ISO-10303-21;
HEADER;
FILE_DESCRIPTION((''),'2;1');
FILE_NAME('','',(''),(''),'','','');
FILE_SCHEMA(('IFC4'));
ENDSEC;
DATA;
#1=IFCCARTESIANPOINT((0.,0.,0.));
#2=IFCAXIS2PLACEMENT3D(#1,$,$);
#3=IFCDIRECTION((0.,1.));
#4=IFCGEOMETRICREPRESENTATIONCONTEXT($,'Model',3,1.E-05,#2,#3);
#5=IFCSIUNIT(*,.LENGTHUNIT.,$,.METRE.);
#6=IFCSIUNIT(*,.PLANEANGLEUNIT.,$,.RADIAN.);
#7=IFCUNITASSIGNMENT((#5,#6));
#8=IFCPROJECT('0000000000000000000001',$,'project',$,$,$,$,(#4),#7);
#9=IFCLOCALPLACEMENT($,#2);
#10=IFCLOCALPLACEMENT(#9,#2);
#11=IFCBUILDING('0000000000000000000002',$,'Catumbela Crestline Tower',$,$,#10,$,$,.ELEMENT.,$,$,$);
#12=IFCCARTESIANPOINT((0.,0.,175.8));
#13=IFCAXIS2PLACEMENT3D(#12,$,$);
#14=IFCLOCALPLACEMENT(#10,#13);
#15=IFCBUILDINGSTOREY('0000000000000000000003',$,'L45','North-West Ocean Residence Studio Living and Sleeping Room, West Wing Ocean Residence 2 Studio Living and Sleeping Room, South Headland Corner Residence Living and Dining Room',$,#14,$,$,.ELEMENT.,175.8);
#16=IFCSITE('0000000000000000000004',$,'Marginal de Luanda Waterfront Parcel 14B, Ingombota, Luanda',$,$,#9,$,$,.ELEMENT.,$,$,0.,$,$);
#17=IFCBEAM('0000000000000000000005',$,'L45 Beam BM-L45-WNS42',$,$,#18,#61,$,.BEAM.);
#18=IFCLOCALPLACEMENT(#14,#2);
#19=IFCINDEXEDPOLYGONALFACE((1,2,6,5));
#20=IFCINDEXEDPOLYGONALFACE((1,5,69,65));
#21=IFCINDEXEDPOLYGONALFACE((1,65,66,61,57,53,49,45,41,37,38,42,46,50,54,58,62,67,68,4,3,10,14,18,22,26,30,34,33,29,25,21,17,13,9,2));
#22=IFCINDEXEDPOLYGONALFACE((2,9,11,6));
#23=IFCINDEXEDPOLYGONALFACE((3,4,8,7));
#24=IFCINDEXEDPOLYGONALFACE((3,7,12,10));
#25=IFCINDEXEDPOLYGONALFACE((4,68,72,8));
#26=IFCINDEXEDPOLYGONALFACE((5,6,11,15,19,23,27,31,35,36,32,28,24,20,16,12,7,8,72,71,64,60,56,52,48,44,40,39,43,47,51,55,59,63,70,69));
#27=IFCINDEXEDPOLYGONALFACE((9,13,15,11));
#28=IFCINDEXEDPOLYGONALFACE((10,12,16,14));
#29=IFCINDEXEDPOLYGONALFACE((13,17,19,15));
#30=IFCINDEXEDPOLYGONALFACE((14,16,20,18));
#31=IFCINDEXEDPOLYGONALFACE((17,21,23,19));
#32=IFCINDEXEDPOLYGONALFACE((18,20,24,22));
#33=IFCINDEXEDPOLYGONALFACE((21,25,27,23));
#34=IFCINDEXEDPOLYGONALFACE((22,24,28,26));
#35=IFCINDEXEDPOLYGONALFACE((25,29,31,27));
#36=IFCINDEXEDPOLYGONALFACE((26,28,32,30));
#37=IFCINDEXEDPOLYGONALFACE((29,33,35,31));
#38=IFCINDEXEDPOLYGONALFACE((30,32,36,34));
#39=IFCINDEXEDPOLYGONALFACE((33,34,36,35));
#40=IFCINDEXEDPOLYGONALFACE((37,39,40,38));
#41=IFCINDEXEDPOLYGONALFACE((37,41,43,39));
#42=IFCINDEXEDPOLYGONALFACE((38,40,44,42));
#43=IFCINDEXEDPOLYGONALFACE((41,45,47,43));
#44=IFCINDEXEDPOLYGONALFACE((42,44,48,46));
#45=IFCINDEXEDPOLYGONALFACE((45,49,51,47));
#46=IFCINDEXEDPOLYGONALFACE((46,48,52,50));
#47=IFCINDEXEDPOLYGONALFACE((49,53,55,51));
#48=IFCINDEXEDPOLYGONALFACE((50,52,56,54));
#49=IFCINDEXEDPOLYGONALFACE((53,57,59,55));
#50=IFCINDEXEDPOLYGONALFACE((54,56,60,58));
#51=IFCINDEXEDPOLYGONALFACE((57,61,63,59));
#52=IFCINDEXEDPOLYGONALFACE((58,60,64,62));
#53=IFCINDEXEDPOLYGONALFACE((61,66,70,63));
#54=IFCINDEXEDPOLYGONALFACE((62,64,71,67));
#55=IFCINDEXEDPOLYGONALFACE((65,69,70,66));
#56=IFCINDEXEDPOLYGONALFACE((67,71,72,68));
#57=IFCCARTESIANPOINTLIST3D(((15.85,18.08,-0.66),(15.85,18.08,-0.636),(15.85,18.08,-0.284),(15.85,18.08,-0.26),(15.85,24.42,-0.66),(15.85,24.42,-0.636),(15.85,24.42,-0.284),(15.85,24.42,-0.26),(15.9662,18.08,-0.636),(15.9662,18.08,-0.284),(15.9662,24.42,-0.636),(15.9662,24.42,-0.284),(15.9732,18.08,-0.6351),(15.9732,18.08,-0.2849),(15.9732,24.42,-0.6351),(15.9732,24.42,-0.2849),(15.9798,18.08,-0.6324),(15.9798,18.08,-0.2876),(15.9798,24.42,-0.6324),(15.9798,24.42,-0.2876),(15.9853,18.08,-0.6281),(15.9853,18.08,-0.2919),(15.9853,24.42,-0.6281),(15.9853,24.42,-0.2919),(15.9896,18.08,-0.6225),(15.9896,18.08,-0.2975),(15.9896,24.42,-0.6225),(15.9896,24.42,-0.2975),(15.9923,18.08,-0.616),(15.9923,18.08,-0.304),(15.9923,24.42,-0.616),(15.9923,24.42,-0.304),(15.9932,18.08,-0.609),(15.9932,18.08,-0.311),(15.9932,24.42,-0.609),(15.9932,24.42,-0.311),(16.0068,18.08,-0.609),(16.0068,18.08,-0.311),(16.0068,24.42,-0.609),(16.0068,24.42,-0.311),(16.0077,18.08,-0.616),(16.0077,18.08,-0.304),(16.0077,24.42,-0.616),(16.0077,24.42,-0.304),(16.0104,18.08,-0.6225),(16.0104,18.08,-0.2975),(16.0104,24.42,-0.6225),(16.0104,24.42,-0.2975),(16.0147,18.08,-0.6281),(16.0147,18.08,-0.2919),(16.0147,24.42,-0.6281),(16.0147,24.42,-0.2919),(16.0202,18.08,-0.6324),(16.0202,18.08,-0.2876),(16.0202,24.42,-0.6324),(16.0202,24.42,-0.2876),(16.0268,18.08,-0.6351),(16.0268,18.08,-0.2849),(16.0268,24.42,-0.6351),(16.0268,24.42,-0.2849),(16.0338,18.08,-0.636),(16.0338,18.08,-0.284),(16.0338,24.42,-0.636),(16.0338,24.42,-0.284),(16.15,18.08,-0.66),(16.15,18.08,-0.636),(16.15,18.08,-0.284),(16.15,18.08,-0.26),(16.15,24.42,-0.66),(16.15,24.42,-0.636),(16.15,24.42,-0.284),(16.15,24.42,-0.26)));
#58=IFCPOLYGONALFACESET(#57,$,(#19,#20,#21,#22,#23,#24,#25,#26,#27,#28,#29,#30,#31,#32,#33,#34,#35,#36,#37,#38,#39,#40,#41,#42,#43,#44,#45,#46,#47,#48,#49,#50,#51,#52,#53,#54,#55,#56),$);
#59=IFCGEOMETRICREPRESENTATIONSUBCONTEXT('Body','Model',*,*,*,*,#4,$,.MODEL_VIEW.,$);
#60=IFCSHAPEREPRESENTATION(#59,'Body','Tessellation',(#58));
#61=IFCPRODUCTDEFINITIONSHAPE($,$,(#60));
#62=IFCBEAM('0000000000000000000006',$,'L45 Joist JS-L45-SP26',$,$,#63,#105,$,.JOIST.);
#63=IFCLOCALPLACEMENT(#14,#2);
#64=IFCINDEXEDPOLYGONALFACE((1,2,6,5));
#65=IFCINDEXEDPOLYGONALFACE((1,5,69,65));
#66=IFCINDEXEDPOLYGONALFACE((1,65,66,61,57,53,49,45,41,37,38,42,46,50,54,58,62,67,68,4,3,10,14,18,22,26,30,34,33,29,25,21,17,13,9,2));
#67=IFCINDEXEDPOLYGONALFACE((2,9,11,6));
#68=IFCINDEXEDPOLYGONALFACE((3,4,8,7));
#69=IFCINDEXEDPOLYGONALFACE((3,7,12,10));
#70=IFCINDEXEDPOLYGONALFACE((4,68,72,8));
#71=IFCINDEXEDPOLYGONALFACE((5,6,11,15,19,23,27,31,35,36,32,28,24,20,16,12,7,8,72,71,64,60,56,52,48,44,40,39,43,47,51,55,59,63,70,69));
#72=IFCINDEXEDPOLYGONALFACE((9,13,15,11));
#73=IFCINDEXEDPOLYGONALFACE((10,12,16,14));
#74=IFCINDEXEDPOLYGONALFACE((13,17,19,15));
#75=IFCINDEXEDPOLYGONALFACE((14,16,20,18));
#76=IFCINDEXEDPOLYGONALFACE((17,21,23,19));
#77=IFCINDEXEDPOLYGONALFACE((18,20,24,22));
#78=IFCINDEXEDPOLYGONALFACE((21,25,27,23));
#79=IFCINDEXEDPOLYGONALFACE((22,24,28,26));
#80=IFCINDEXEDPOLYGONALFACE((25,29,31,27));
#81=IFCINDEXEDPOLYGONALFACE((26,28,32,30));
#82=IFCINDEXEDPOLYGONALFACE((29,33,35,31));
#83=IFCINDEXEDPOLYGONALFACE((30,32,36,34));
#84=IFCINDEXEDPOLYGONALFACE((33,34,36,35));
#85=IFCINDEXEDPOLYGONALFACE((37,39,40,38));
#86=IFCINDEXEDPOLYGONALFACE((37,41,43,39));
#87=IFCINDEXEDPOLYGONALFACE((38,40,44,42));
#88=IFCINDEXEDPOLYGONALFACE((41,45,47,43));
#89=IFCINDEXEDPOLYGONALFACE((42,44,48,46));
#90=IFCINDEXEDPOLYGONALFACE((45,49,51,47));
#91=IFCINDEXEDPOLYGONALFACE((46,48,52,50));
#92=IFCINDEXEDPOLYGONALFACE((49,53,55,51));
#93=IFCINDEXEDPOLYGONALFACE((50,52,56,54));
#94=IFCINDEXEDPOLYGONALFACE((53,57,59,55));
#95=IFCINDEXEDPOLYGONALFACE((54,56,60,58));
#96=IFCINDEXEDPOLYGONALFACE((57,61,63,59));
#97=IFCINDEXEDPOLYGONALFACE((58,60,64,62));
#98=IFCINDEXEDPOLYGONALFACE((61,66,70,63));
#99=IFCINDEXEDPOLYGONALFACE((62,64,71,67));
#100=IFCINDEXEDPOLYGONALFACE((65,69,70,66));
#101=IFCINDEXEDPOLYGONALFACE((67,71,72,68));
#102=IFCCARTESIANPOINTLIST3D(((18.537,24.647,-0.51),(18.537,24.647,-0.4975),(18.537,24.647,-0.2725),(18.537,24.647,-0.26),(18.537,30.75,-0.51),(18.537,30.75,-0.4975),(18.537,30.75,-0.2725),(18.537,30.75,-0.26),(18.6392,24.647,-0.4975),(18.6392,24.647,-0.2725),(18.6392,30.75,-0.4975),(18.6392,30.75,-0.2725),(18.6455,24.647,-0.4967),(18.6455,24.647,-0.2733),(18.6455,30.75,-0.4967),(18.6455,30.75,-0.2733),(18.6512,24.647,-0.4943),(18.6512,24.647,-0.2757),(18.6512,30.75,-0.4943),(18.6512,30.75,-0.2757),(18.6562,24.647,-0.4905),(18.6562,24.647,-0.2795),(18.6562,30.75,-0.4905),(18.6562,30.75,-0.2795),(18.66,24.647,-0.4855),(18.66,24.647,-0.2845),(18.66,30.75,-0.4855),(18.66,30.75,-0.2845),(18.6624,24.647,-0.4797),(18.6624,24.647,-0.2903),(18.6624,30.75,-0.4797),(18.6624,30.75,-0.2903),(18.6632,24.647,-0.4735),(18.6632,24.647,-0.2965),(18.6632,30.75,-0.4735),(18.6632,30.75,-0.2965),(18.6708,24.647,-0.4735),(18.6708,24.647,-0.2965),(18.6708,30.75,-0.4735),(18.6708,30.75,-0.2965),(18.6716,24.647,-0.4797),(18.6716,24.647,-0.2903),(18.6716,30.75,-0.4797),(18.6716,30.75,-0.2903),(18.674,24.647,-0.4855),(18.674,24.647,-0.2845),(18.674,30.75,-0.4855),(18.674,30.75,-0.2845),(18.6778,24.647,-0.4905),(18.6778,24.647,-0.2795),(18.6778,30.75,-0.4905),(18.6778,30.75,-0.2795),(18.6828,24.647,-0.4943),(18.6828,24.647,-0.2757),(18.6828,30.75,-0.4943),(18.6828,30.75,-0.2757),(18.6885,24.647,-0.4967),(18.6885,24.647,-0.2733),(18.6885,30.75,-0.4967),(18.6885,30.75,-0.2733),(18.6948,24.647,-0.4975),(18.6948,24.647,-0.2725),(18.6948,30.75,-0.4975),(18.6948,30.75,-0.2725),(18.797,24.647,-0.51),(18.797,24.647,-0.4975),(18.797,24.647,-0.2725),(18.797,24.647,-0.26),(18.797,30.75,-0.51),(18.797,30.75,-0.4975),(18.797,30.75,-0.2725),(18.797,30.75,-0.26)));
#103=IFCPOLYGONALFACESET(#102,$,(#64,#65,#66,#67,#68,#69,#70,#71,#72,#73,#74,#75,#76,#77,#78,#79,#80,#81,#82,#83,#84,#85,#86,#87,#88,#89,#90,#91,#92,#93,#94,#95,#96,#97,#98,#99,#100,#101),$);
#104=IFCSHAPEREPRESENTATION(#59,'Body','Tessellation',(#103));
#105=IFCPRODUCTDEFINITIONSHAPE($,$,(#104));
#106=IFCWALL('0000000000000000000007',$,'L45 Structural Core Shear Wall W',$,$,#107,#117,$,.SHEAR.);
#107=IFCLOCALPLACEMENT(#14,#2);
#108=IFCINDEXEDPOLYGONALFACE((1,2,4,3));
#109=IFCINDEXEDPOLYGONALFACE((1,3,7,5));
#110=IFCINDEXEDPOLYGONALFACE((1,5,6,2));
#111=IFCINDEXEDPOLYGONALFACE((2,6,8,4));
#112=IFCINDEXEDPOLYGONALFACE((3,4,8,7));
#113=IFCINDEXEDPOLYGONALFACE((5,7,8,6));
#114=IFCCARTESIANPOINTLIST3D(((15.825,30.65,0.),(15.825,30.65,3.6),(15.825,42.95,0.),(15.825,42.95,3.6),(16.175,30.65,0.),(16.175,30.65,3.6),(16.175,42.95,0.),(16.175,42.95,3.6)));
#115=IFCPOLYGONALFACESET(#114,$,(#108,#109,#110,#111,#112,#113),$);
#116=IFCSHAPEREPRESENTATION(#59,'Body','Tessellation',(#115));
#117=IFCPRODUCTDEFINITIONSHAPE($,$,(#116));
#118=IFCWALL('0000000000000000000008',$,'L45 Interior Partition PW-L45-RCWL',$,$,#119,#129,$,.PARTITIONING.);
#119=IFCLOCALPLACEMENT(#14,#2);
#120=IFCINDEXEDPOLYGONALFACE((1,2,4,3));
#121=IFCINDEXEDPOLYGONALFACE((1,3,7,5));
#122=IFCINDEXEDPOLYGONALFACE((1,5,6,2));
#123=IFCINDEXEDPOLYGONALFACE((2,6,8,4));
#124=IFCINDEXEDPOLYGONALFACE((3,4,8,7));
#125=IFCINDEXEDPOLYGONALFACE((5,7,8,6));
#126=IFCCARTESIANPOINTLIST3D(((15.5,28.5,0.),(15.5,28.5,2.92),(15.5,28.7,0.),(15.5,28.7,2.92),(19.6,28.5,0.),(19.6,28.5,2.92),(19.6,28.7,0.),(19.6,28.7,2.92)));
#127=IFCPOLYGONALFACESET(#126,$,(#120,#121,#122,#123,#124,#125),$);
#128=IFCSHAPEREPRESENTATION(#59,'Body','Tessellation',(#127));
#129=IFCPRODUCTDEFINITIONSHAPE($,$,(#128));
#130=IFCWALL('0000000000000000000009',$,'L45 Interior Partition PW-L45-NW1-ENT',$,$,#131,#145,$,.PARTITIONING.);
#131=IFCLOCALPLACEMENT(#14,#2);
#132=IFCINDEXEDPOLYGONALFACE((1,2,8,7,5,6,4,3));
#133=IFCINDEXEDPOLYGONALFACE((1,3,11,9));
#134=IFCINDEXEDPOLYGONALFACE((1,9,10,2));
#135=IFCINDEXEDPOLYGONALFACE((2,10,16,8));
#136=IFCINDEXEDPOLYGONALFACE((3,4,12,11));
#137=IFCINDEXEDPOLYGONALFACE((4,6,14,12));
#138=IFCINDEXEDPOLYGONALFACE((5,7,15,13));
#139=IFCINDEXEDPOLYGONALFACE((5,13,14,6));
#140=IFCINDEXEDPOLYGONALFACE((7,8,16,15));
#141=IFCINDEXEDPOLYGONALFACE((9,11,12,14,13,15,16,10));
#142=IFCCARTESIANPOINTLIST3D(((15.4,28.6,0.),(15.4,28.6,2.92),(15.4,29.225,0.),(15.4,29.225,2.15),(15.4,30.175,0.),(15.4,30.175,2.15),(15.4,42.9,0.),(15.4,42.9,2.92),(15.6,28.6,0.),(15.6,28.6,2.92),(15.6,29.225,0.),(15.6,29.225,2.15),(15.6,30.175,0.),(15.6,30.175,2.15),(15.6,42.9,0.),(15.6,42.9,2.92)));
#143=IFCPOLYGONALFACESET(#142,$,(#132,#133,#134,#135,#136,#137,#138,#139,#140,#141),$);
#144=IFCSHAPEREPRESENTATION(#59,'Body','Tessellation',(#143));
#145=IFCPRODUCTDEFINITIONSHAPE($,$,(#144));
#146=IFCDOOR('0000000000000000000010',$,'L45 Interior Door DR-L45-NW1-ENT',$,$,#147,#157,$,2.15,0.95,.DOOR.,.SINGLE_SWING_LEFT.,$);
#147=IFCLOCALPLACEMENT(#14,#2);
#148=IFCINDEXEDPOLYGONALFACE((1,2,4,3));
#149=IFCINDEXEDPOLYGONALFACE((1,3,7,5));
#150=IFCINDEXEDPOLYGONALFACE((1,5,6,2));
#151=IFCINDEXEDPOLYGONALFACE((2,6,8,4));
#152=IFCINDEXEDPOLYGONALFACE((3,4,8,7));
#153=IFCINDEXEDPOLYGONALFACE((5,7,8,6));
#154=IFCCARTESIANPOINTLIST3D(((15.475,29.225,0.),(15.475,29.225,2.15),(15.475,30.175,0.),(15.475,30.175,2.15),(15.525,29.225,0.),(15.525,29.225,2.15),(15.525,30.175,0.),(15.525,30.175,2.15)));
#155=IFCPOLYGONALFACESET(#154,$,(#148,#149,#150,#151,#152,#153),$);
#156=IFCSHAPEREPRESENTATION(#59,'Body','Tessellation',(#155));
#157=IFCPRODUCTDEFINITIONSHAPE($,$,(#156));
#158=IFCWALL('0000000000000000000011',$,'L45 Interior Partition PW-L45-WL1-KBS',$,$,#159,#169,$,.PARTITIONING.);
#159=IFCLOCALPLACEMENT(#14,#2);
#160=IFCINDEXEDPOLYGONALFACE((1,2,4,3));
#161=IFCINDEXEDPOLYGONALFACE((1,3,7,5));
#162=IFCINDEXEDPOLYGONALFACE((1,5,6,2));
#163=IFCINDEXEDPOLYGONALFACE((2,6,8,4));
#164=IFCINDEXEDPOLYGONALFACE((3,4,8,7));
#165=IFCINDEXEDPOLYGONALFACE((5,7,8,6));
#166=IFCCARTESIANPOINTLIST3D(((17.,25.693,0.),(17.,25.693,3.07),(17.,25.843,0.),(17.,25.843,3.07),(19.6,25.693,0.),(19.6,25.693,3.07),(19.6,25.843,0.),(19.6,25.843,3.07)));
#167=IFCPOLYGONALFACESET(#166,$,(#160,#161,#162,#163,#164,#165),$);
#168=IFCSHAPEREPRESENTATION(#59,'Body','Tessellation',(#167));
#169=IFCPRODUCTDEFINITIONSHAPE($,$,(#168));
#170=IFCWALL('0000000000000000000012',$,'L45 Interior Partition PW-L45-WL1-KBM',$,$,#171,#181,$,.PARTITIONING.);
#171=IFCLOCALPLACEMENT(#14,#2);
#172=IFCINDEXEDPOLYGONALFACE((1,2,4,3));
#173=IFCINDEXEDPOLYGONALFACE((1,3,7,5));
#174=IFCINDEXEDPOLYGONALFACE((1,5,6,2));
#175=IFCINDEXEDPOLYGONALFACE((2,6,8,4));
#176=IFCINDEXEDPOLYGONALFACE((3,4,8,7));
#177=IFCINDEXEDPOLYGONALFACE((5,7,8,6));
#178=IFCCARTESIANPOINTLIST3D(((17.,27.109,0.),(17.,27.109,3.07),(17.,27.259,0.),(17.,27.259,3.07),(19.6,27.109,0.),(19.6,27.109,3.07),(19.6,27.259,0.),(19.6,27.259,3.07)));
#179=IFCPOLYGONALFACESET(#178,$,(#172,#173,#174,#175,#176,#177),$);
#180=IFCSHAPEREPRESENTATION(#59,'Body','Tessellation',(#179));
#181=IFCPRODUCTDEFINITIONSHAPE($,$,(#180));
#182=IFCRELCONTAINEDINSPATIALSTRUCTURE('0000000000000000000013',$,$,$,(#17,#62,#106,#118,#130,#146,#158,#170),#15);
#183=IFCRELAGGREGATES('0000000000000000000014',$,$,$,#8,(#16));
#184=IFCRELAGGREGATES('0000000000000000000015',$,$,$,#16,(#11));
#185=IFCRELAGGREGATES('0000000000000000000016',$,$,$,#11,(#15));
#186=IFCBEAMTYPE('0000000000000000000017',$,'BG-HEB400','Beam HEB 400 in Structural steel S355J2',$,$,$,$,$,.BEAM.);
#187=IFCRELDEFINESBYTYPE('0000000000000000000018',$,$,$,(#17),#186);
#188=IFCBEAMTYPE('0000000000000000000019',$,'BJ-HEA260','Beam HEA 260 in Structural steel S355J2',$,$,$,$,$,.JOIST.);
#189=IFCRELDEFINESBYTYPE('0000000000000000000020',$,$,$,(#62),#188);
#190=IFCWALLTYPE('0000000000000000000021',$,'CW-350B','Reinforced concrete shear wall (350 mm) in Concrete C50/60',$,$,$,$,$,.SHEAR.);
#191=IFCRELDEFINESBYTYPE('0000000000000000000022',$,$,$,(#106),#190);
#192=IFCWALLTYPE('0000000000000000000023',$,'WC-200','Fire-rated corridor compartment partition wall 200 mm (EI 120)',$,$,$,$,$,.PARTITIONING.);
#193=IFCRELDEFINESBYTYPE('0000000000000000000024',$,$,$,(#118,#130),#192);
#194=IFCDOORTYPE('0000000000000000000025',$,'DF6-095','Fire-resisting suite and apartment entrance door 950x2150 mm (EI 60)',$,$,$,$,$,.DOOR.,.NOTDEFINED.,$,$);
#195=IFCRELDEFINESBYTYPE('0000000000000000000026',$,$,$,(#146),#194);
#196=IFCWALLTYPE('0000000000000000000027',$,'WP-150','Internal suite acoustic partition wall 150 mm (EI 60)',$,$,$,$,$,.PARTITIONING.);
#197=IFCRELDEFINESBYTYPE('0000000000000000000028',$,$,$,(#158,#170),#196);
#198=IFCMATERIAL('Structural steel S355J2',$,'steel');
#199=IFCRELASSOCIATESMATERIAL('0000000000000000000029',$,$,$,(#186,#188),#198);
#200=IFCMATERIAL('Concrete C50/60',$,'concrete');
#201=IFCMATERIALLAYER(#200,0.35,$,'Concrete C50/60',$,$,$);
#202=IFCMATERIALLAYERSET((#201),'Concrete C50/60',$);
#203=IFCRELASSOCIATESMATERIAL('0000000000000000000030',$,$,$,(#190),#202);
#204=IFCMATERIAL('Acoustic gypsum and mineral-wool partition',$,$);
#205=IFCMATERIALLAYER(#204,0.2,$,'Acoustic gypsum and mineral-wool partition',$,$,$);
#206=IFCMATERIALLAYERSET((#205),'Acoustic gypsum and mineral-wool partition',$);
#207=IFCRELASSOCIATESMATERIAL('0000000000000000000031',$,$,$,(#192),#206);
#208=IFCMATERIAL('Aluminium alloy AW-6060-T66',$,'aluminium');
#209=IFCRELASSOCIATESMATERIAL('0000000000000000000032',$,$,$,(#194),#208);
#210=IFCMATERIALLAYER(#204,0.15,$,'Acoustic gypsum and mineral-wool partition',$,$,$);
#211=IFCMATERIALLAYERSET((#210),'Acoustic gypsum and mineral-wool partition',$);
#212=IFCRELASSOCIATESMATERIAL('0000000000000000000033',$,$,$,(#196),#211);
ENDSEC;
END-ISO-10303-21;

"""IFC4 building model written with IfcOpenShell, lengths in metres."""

from ifc_helpers import new_model, si_unit, direction, frame, frame_2d, origin, origin_2d, place, context, subcontext, project, spatial, rectangle, i_section, extrude, material, layer, layer_set, material_profile, profile_set, type_object, element, fill, save


model = new_model("IFC4")

# Units and contexts
model_context = context("Model", 3, precision=1e-05, world=origin(), true_north=direction((0.0, 1.0)))
body_context = subcontext(model_context, "Body", "Model", "MODEL_VIEW")
ifc_project = project(units=[si_unit("LENGTHUNIT", "METRE"), si_unit("PLANEANGLEUNIT", "RADIAN")], contexts=[model_context])

# Site, building, storey
site_placement = place(None, origin())
site = spatial("IfcSite", under=ifc_project, at=site_placement, Name="Marginal de Luanda Waterfront Parcel 14B, Ingombota, Luanda", CompositionType="ELEMENT", RefElevation=0.0)
building_placement = place(site_placement, origin())
building = spatial("IfcBuilding", under=site, at=building_placement, Name="Catumbela Crestline Tower", CompositionType="ELEMENT")
storey_placement = place(building_placement, frame((0.0, 0.0, 175.8)))
storey = spatial("IfcBuildingStorey", under=building, at=storey_placement, Name="L45", Description="North-West Ocean Residence Studio Living and Sleeping Room, West Wing Ocean Residence 2 Studio Living and Sleeping Room, South Headland Corner Residence Living and Dining Room", CompositionType="ELEMENT", Elevation=175.8)

# Shared definitions
ifc_material_1 = material(Name="Concrete C50/60", Category="concrete")

# Beams
ifc_material_2 = material(Name="Structural steel S355J2", Category="steel")
ifc_material_profile_1 = material_profile(ifc_material_2, i_section(OverallWidth=0.3, OverallDepth=0.4, WebThickness=0.0135, FlangeThickness=0.024, FilletRadius=0.027, at=origin_2d()), Name="HEB 400")
ifc_profile_set_1 = profile_set([ifc_material_profile_1], Name="Structural steel S355J2")
beam_type_1 = type_object("IfcBeamType", Name="BG-HEB400", Description="Beam HEB 400 in Structural steel S355J2", PredefinedType="BEAM", material=ifc_profile_set_1)
beam_1_placement = place(storey_placement, frame((16.0, 18.08, -0.46), z_axis=(0.0, 1.0, 0.0), x_axis=(-1.0, 0.0, 0.0)))
element("IfcBeam", 1, at=beam_1_placement, inside=storey, type_object=beam_type_1, Name="L45 Beam BM-L45-WNS42", PredefinedType="BEAM", context=body_context, shape_type="SweptSolid", body=[
    extrude(i_section(OverallWidth=0.3, OverallDepth=0.4, WebThickness=0.0135, FlangeThickness=0.024, FilletRadius=0.027, at=origin_2d()), origin(), (0.0, 0.0, 1.0), 6.34),
])
ifc_material_profile_2 = material_profile(ifc_material_2, i_section(OverallWidth=0.26, OverallDepth=0.25, WebThickness=0.0075, FlangeThickness=0.0125, FilletRadius=0.024, at=origin_2d()), Name="HEA 260")
ifc_profile_set_2 = profile_set([ifc_material_profile_2], Name="Structural steel S355J2")
beam_type_2 = type_object("IfcBeamType", Name="BJ-HEA260", Description="Beam HEA 260 in Structural steel S355J2", PredefinedType="JOIST", material=ifc_profile_set_2)
beam_2_placement = place(storey_placement, frame((18.667, 24.647, -0.385), z_axis=(0.0, 1.0, 0.0), x_axis=(-1.0, 0.0, 0.0)))
element("IfcBeam", 2, at=beam_2_placement, inside=storey, type_object=beam_type_2, Name="L45 Joist JS-L45-SP26", PredefinedType="JOIST", context=body_context, shape_type="SweptSolid", body=[
    extrude(i_section(OverallWidth=0.26, OverallDepth=0.25, WebThickness=0.0075, FlangeThickness=0.0125, FilletRadius=0.024, at=origin_2d()), origin(), (0.0, 0.0, 1.0), 6.103),
])

# Walls
ifc_layer_1 = layer(ifc_material_1, 0.35, Name="Concrete C50/60")
ifc_layer_set_1 = layer_set([ifc_layer_1], Name="Concrete C50/60")
wall_type_1 = type_object("IfcWallType", Name="CW-350B", Description="Reinforced concrete shear wall (350 mm) in Concrete C50/60", PredefinedType="SHEAR", material=ifc_layer_set_1)
wall_1_placement = place(storey_placement, frame((16.0, 30.65, 0.0), z_axis=(0.0, 0.0, 1.0), x_axis=(0.0, 1.0, 0.0)))
element("IfcWall", 3, at=wall_1_placement, inside=storey, type_object=wall_type_1, Name="L45 Structural Core Shear Wall W", PredefinedType="SHEAR", context=body_context, shape_type="SweptSolid", body=[
    extrude(rectangle(XDim=12.3, YDim=0.35, at=frame_2d((6.15, 0.0))), origin(), (0.0, 0.0, 1.0), 3.6),
])
ifc_material_3 = material(Name="Acoustic gypsum and mineral-wool partition")
ifc_layer_2 = layer(ifc_material_3, 0.2, Name="Acoustic gypsum and mineral-wool partition")
ifc_layer_set_2 = layer_set([ifc_layer_2], Name="Acoustic gypsum and mineral-wool partition")
wall_type_2 = type_object("IfcWallType", Name="WC-200", Description="Fire-rated corridor compartment partition wall 200 mm (EI 120)", PredefinedType="PARTITIONING", material=ifc_layer_set_2)
wall_2_placement = place(storey_placement, frame((15.5, 28.6, 0.0), z_axis=(0.0, 0.0, 1.0), x_axis=(1.0, 0.0, 0.0)))
element("IfcWall", 4, at=wall_2_placement, inside=storey, type_object=wall_type_2, Name="L45 Interior Partition PW-L45-RCWL", PredefinedType="PARTITIONING", context=body_context, shape_type="SweptSolid", body=[
    extrude(rectangle(XDim=4.1, YDim=0.2, at=frame_2d((2.05, 0.0))), origin(), (0.0, 0.0, 1.0), 2.92),
])

# Wall, opening, door
wall_3_placement = place(storey_placement, frame((15.5, 28.6, 0.0), z_axis=(0.0, 0.0, 1.0), x_axis=(0.0, 1.0, 0.0)))
wall_3 = element("IfcWall", 5, at=wall_3_placement, inside=storey, type_object=wall_type_2, Name="L45 Interior Partition PW-L45-NW1-ENT", PredefinedType="PARTITIONING", context=body_context, shape_type="SweptSolid", body=[
    extrude(rectangle(XDim=14.3, YDim=0.2, at=frame_2d((7.15, 0.0))), origin(), (0.0, 0.0, 1.0), 2.92),
])
opening_1_placement = place(wall_3_placement, frame((0.625, 0.0, 0.0)))
opening_1 = element("IfcOpeningElement", 6, at=opening_1_placement, cuts=wall_3, PredefinedType="OPENING", context=body_context, shape_type="SweptSolid", body=[
    extrude(rectangle(XDim=0.95, YDim=2.15, at=frame_2d((0.475, 1.075))), frame((0.0, 0.11, 0.0), z_axis=(0.0, -1.0, 0.0), x_axis=(1.0, 0.0, 0.0)), (0.0, 0.0, 1.0), 0.22),
])
ifc_material_4 = material(Name="Aluminium alloy AW-6060-T66", Category="aluminium")
door_type_1 = type_object("IfcDoorType", Name="DF6-095", Description="Fire-resisting suite and apartment entrance door 950x2150 mm (EI 60)", OperationType="NOTDEFINED", PredefinedType="DOOR", material=ifc_material_4)
door_1_placement = place(opening_1_placement, origin())
door_1 = element("IfcDoor", 7, at=door_1_placement, inside=storey, type_object=door_type_1, Name="L45 Interior Door DR-L45-NW1-ENT", OperationType="SINGLE_SWING_LEFT", OverallHeight=2.15, OverallWidth=0.95, PredefinedType="DOOR", context=body_context, shape_type="SweptSolid", body=[
    extrude(rectangle(XDim=0.95, YDim=2.15, at=frame_2d((0.475, 1.075))), frame((0.0, 0.025, 0.0), z_axis=(0.0, -1.0, 0.0), x_axis=(1.0, 0.0, 0.0)), (0.0, 0.0, 1.0), 0.05),
])
fill(opening_1, door_1)

# Walls
ifc_layer_3 = layer(ifc_material_3, 0.15, Name="Acoustic gypsum and mineral-wool partition")
ifc_layer_set_3 = layer_set([ifc_layer_3], Name="Acoustic gypsum and mineral-wool partition")
wall_type_3 = type_object("IfcWallType", Name="WP-150", Description="Internal suite acoustic partition wall 150 mm (EI 60)", PredefinedType="PARTITIONING", material=ifc_layer_set_3)
for number, where, z_axis, x_axis, name in (
    (8, (17.0, 25.768, 0.0), (0.0, 0.0, 1.0), (1.0, 0.0, 0.0), "L45 Interior Partition PW-L45-WL1-KBS"),
    (9, (17.0, 27.184, 0.0), (0.0, 0.0, 1.0), (1.0, 0.0, 0.0), "L45 Interior Partition PW-L45-WL1-KBM"),
):
    element("IfcWall", number, at=place(storey_placement, frame(where, z_axis=z_axis, x_axis=x_axis)), inside=storey, type_object=wall_type_3, Name=name, PredefinedType="PARTITIONING", context=body_context, shape_type="SweptSolid", body=[
        extrude(rectangle(XDim=2.6, YDim=0.15, at=frame_2d((1.3, 0.0))), origin(), (0.0, 0.0, 1.0), 3.07),
    ])

save(model, "model.ifc")
